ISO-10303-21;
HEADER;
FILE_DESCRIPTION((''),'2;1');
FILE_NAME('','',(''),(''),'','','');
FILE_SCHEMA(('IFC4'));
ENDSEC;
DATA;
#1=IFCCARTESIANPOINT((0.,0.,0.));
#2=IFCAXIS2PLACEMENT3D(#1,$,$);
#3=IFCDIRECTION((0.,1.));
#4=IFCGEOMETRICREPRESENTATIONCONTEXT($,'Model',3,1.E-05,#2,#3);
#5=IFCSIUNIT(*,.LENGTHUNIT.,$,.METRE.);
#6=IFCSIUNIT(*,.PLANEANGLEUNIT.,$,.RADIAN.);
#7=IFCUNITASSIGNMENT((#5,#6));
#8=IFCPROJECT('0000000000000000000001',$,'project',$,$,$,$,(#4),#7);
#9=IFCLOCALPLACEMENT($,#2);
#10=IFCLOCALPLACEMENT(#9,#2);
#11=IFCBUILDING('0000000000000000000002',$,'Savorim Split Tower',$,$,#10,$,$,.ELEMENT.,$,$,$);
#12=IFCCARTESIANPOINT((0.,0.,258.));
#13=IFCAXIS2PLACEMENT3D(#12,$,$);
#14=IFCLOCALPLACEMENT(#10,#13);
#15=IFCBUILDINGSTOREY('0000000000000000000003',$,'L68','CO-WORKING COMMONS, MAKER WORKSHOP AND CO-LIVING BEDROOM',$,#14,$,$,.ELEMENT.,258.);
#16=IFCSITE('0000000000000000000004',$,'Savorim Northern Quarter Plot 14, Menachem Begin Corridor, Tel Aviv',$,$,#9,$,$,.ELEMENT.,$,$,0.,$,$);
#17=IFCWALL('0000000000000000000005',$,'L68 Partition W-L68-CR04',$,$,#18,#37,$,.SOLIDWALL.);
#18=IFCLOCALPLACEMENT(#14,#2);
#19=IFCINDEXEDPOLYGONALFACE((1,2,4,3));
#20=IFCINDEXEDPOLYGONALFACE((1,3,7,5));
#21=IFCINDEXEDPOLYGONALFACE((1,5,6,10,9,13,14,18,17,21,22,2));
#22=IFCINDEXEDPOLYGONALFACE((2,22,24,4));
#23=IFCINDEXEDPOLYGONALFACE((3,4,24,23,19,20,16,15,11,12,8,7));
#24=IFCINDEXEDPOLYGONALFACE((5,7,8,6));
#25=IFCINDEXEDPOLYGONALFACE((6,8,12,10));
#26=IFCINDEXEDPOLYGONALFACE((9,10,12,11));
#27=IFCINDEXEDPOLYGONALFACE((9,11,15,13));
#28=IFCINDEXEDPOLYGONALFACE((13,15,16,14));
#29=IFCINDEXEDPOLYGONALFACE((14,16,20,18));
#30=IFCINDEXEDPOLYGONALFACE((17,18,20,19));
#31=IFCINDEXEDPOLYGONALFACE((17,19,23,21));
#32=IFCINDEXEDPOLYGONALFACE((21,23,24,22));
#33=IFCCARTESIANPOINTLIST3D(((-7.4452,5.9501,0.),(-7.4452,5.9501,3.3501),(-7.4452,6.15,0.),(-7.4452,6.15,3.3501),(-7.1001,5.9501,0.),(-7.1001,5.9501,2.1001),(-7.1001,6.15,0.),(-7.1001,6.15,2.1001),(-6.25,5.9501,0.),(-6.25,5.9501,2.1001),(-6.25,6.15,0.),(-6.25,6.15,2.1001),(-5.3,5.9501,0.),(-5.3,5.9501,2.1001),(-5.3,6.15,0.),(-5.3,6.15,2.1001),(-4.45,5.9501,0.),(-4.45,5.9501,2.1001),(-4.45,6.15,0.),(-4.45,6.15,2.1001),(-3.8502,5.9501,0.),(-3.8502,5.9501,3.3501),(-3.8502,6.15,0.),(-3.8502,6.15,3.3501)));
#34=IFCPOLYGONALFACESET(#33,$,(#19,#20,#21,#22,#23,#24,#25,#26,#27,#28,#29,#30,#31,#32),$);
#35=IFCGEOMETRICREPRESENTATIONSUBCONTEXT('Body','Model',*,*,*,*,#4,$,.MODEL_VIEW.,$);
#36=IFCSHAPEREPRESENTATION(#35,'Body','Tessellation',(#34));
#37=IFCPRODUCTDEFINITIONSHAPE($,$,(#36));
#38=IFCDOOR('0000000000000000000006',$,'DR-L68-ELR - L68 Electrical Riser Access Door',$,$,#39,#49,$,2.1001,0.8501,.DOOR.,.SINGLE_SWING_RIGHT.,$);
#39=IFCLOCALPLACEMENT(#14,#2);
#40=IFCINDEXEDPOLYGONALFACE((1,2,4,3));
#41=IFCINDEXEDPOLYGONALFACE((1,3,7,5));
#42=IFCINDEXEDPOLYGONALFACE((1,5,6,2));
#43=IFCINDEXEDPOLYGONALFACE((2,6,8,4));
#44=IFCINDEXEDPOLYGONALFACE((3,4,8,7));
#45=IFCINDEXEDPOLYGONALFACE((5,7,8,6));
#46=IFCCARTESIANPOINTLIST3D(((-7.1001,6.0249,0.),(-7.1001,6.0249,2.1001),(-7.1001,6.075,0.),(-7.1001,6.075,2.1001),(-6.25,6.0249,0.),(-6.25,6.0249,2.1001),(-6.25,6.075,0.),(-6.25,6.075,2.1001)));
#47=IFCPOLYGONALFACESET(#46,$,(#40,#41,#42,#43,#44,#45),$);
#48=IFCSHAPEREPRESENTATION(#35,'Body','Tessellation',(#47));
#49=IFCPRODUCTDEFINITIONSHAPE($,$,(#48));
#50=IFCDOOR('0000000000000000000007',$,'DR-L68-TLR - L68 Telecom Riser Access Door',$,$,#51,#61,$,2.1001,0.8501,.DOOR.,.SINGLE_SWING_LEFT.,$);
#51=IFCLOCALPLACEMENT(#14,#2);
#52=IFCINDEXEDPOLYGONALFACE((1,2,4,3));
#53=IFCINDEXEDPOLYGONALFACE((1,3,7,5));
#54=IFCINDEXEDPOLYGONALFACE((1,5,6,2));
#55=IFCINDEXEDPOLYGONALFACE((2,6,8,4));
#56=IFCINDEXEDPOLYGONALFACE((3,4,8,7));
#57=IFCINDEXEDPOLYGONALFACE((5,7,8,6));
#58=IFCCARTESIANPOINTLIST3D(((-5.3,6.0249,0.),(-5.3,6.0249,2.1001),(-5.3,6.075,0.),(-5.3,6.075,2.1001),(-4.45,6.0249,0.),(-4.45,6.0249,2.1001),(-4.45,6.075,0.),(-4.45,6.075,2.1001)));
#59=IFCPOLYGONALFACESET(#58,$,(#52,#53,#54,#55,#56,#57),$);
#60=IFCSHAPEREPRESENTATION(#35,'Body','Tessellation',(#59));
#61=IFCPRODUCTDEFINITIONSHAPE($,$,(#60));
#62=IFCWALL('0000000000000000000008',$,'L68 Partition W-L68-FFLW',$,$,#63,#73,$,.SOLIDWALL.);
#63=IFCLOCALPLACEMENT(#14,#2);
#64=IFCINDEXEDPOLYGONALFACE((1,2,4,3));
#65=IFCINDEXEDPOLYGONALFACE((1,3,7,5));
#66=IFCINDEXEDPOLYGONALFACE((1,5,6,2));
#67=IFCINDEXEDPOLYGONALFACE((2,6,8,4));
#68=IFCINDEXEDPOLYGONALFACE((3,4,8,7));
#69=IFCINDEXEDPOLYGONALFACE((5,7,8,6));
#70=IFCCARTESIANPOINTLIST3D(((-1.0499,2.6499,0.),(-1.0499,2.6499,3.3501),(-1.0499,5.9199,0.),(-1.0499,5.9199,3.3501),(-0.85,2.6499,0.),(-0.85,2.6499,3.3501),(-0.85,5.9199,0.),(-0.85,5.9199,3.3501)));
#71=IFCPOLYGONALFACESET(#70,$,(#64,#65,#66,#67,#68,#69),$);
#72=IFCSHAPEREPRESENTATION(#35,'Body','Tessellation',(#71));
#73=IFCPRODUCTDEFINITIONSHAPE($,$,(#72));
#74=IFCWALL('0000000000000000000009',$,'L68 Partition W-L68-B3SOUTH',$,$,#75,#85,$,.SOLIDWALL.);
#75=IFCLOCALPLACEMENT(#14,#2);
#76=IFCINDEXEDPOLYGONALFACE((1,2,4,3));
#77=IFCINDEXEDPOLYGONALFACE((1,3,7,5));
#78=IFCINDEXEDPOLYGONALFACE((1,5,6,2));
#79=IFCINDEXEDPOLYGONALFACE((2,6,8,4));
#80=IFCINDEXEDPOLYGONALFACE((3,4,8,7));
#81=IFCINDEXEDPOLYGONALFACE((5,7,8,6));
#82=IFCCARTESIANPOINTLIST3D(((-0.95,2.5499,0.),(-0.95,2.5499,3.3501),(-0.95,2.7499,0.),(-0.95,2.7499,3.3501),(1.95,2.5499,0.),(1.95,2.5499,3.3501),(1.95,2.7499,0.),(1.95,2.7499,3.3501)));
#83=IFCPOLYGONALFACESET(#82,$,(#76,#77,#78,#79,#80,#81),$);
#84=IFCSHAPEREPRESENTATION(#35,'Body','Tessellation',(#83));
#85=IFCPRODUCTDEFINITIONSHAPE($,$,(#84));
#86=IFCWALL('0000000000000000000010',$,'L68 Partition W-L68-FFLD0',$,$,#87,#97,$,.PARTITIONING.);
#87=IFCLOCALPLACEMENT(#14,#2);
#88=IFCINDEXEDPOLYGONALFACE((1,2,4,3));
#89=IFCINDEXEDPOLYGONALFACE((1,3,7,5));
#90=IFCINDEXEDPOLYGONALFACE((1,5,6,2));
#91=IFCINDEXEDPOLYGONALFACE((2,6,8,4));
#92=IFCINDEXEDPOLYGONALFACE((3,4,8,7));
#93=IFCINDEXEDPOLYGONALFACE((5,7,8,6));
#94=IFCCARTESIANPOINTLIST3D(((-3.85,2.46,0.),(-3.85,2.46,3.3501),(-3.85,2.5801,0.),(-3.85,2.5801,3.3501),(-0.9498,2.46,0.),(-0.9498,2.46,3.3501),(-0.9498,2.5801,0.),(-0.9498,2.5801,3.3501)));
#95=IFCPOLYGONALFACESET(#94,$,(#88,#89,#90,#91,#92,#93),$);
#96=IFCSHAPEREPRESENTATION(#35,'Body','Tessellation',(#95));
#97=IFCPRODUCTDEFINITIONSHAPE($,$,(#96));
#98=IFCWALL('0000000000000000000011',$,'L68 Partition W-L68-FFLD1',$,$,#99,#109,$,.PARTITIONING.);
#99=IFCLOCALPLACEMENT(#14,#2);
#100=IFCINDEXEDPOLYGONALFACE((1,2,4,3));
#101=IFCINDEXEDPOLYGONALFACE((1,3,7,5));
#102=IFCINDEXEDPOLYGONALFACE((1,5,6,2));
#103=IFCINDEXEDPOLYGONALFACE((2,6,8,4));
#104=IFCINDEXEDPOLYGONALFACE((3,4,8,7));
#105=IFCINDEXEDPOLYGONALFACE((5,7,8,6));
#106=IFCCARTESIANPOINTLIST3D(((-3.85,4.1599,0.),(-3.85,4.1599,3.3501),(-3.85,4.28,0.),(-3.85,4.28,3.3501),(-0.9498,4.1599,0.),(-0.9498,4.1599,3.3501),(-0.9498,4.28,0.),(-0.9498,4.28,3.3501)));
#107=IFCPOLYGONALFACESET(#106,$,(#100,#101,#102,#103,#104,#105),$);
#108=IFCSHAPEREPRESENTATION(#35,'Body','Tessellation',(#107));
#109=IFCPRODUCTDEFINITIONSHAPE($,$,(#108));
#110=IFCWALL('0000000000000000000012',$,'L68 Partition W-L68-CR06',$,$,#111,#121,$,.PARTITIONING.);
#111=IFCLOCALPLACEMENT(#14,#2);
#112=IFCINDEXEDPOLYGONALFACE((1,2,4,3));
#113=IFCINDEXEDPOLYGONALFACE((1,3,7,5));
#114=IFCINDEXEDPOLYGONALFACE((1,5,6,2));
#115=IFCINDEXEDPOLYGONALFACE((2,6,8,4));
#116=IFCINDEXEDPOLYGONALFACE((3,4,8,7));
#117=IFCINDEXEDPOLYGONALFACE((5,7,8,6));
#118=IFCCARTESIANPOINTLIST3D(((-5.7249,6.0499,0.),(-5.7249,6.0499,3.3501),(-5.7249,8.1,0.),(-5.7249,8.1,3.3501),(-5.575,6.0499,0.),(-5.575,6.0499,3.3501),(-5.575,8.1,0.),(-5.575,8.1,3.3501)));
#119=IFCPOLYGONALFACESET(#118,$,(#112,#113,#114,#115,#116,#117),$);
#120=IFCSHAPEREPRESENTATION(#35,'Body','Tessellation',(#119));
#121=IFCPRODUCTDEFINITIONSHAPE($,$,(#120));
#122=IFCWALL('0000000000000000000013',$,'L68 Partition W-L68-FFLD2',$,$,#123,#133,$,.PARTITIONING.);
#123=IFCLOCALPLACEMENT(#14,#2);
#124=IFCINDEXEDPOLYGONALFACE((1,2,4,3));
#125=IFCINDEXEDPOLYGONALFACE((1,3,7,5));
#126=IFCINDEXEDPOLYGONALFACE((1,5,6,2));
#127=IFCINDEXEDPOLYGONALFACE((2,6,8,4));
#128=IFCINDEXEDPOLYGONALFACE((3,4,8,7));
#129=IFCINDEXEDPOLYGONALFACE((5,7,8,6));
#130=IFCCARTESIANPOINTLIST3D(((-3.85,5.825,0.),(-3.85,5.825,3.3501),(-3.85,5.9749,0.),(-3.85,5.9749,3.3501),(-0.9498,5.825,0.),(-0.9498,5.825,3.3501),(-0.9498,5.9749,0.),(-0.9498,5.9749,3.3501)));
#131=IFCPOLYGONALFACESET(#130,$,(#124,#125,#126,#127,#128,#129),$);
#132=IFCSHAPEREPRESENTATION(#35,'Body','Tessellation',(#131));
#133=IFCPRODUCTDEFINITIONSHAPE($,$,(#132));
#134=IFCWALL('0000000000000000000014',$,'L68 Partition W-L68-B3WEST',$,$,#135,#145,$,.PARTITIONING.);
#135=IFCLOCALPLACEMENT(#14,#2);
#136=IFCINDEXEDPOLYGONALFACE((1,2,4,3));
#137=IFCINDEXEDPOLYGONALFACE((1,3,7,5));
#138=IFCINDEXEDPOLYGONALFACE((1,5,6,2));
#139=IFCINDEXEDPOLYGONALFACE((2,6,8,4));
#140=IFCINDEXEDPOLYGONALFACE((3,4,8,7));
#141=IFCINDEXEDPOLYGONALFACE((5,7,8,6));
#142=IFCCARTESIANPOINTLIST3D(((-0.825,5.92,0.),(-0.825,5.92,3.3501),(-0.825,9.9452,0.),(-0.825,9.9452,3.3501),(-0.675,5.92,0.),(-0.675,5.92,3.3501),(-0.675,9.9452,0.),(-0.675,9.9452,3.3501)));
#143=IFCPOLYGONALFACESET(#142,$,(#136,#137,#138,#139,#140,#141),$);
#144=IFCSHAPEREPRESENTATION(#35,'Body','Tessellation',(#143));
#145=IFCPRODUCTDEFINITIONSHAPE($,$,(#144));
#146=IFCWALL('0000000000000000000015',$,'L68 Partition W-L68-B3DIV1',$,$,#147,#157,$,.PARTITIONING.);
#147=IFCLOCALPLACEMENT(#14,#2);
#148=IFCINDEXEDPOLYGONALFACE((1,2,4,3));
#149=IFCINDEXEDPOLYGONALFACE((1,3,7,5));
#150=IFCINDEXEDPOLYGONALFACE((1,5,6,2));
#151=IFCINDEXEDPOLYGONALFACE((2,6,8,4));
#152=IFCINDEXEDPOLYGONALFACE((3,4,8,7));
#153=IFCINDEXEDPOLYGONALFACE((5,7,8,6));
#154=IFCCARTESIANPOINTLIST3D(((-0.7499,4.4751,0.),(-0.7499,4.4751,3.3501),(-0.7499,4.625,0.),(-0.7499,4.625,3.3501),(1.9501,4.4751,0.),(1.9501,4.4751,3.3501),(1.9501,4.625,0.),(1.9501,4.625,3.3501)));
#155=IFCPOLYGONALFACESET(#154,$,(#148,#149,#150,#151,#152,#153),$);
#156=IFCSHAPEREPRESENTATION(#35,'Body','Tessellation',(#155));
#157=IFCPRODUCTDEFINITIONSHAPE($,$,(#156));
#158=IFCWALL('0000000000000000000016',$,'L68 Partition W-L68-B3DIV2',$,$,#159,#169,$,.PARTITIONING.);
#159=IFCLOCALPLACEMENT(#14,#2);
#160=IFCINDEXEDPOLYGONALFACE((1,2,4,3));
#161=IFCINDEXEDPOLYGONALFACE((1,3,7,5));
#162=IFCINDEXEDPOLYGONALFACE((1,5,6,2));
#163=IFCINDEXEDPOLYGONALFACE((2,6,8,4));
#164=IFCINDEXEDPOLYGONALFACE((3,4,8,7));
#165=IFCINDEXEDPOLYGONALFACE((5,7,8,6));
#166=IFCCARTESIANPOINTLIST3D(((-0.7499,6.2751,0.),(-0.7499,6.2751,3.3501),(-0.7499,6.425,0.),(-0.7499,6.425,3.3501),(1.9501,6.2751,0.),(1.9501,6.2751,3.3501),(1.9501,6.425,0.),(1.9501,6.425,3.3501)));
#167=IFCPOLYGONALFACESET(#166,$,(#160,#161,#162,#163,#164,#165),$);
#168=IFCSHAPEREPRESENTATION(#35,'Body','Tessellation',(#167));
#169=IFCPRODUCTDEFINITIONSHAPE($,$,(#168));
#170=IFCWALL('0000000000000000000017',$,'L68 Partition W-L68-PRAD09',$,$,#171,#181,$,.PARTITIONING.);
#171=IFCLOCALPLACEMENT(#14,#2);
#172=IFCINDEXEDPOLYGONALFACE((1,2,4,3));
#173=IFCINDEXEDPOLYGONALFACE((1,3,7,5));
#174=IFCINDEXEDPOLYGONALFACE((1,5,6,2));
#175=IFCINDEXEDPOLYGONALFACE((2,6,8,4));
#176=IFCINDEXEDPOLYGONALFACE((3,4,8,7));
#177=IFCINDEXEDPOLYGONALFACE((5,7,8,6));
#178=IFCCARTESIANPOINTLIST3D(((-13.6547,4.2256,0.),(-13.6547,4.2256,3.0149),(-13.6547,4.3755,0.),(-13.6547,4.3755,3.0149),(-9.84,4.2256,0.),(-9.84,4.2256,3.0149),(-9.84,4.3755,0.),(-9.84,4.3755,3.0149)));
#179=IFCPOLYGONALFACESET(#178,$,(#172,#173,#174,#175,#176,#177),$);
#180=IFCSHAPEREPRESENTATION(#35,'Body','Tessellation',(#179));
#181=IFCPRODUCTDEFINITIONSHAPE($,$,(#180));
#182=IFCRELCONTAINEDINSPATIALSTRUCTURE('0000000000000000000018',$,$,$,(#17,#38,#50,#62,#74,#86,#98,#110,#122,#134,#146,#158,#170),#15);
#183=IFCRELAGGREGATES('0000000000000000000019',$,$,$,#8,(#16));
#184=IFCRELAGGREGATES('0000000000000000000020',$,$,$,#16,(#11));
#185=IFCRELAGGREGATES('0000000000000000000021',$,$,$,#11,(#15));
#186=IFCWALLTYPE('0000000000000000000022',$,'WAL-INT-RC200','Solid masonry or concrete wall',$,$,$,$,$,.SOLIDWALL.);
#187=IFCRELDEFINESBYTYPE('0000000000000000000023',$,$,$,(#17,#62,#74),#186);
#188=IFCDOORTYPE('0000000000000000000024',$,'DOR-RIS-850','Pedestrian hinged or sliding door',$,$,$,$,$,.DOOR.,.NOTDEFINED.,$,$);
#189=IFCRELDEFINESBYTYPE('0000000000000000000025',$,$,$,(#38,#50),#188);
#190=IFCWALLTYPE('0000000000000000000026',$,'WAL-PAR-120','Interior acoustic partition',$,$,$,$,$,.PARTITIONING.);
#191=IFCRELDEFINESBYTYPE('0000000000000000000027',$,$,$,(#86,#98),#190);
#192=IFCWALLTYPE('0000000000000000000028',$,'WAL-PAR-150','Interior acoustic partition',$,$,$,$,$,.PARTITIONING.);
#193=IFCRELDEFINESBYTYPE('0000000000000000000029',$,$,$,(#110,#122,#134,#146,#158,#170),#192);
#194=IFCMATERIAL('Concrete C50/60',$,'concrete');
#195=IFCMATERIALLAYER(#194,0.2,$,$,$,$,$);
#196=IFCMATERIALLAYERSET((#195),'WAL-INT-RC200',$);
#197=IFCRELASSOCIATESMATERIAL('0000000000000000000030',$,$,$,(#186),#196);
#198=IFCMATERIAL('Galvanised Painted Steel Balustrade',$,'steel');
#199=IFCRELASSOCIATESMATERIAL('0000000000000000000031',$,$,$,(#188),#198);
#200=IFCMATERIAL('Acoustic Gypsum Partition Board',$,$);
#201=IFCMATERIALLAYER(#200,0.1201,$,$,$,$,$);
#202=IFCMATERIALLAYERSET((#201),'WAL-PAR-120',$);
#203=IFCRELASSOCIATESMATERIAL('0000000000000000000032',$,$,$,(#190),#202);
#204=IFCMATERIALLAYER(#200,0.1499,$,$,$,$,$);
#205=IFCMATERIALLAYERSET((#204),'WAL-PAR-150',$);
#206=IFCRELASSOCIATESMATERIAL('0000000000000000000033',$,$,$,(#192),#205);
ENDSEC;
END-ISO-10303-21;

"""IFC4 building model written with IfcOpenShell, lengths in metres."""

from ifc_helpers import new_model, si_unit, direction, frame, frame_2d, origin, place, context, subcontext, project, spatial, rectangle, extrude, material, layer, layer_set, type_object, element, fill, save


model = new_model("IFC4")

# Units and contexts
model_context = context("Model", 3, precision=1e-05, world=origin(), true_north=direction((0.0, 1.0)))
body_context = subcontext(model_context, "Body", "Model", "MODEL_VIEW")
ifc_project = project(units=[si_unit("LENGTHUNIT", "METRE"), si_unit("PLANEANGLEUNIT", "RADIAN")], contexts=[model_context])

# Site, building, storey
site_placement = place(None, origin())
site = spatial("IfcSite", under=ifc_project, at=site_placement, Name="Savorim Northern Quarter Plot 14, Menachem Begin Corridor, Tel Aviv", CompositionType="ELEMENT", RefElevation=0.0)
building_placement = place(site_placement, origin())
building = spatial("IfcBuilding", under=site, at=building_placement, Name="Savorim Split Tower", CompositionType="ELEMENT")
storey_placement = place(building_placement, frame((0.0, 0.0, 258.0)))
storey = spatial("IfcBuildingStorey", under=building, at=storey_placement, Name="L68", Description="CO-WORKING COMMONS, MAKER WORKSHOP AND CO-LIVING BEDROOM", CompositionType="ELEMENT", Elevation=258.0)

# Wall, openings, doors
ifc_material_1 = material(Name="Concrete C50/60", Category="concrete")
ifc_layer_1 = layer(ifc_material_1, 0.2)
ifc_layer_set_1 = layer_set([ifc_layer_1], Name="WAL-INT-RC200")
wall_type_1 = type_object("IfcWallType", Name="WAL-INT-RC200", Description="Solid masonry or concrete wall", PredefinedType="SOLIDWALL", material=ifc_layer_set_1)
wall_1_placement = place(storey_placement, frame((-7.4451, 6.05, 0.0), z_axis=(0.0, 0.0, 1.0), x_axis=(1.0, 0.0, 0.0)))
wall_1 = element("IfcWall", 1, at=wall_1_placement, inside=storey, type_object=wall_type_1, Name="L68 Partition W-L68-CR04", PredefinedType="SOLIDWALL", context=body_context, shape_type="SweptSolid", body=[
    extrude(rectangle(XDim=3.595, YDim=0.2, at=frame_2d((1.7974, 0.0))), origin(), (0.0, 0.0, 1.0), 3.3501),
])
opening_1_placement = place(wall_1_placement, frame((0.345, 0.0, 0.0)))
opening_1 = element("IfcOpeningElement", 2, at=opening_1_placement, cuts=wall_1, PredefinedType="OPENING", context=body_context, shape_type="SweptSolid", body=[
    extrude(rectangle(XDim=0.8501, YDim=2.1001, at=frame_2d((0.425, 1.05))), frame((0.0, 0.1099, 0.0), z_axis=(0.0, -1.0, 0.0), x_axis=(1.0, 0.0, 0.0)), (0.0, 0.0, 1.0), 0.22),
])
opening_2_placement = place(wall_1_placement, frame((2.145, 0.0, 0.0)))
opening_2 = element("IfcOpeningElement", 3, at=opening_2_placement, cuts=wall_1, PredefinedType="OPENING", context=body_context, shape_type="SweptSolid", body=[
    extrude(rectangle(XDim=0.8501, YDim=2.1001, at=frame_2d((0.425, 1.05))), frame((0.0, 0.1099, 0.0), z_axis=(0.0, -1.0, 0.0), x_axis=(1.0, 0.0, 0.0)), (0.0, 0.0, 1.0), 0.22),
])
ifc_material_2 = material(Name="Galvanised Painted Steel Balustrade", Category="steel")
door_type = type_object("IfcDoorType", Name="DOR-RIS-850", Description="Pedestrian hinged or sliding door", OperationType="NOTDEFINED", PredefinedType="DOOR", material=ifc_material_2)
door_1_placement = place(opening_1_placement, origin())
door_1 = element("IfcDoor", 4, at=door_1_placement, inside=storey, type_object=door_type, Name="DR-L68-ELR - L68 Electrical Riser Access Door", OperationType="SINGLE_SWING_RIGHT", OverallHeight=2.1001, OverallWidth=0.8501, PredefinedType="DOOR", context=body_context, shape_type="SweptSolid", body=[
    extrude(rectangle(XDim=0.8501, YDim=2.1001, at=frame_2d((0.425, 1.05))), frame((0.0, 0.0249, 0.0), z_axis=(0.0, -1.0, 0.0), x_axis=(1.0, 0.0, 0.0)), (0.0, 0.0, 1.0), 0.05),
])
fill(opening_1, door_1)
door_2_placement = place(opening_2_placement, origin())
door_2 = element("IfcDoor", 5, at=door_2_placement, inside=storey, type_object=door_type, Name="DR-L68-TLR - L68 Telecom Riser Access Door", OperationType="SINGLE_SWING_LEFT", OverallHeight=2.1001, OverallWidth=0.8501, PredefinedType="DOOR", context=body_context, shape_type="SweptSolid", body=[
    extrude(rectangle(XDim=0.8501, YDim=2.1001, at=frame_2d((0.425, 1.05))), frame((0.0, 0.0249, 0.0), z_axis=(0.0, -1.0, 0.0), x_axis=(1.0, 0.0, 0.0)), (0.0, 0.0, 1.0), 0.05),
])
fill(opening_2, door_2)

# Walls
wall_2_placement = place(storey_placement, frame((-0.95, 2.6499, 0.0), z_axis=(0.0, 0.0, 1.0), x_axis=(0.0, 1.0, 0.0)))
element("IfcWall", 6, at=wall_2_placement, inside=storey, type_object=wall_type_1, Name="L68 Partition W-L68-FFLW", PredefinedType="SOLIDWALL", context=body_context, shape_type="SweptSolid", body=[
    extrude(rectangle(XDim=3.27, YDim=0.2, at=frame_2d((1.635, 0.0))), origin(), (0.0, 0.0, 1.0), 3.3501),
])
wall_3_placement = place(storey_placement, frame((-0.95, 2.6499, 0.0), z_axis=(0.0, 0.0, 1.0), x_axis=(1.0, 0.0, 0.0)))
element("IfcWall", 7, at=wall_3_placement, inside=storey, type_object=wall_type_1, Name="L68 Partition W-L68-B3SOUTH", PredefinedType="SOLIDWALL", context=body_context, shape_type="SweptSolid", body=[
    extrude(rectangle(XDim=2.8999, YDim=0.2, at=frame_2d((1.45, 0.0))), origin(), (0.0, 0.0, 1.0), 3.3501),
])
ifc_material_3 = material(Name="Acoustic Gypsum Partition Board")
ifc_layer_2 = layer(ifc_material_3, 0.1201)
ifc_layer_set_2 = layer_set([ifc_layer_2], Name="WAL-PAR-120")
wall_type_2 = type_object("IfcWallType", Name="WAL-PAR-120", Description="Interior acoustic partition", PredefinedType="PARTITIONING", material=ifc_layer_set_2)
for number, where, z_axis, x_axis, name in (
    (8, (-3.8501, 2.52, 0.0), (0.0, 0.0, 1.0), (1.0, 0.0, 0.0), "L68 Partition W-L68-FFLD0"),
    (9, (-3.8501, 4.22, 0.0), (0.0, 0.0, 1.0), (1.0, 0.0, 0.0), "L68 Partition W-L68-FFLD1"),
):
    element("IfcWall", number, at=place(storey_placement, frame(where, z_axis=z_axis, x_axis=x_axis)), inside=storey, type_object=wall_type_2, Name=name, PredefinedType="PARTITIONING", context=body_context, shape_type="SweptSolid", body=[
        extrude(rectangle(XDim=2.9001, YDim=0.1201, at=frame_2d((1.4502, 0.0))), origin(), (0.0, 0.0, 1.0), 3.3501),
    ])
ifc_layer_3 = layer(ifc_material_3, 0.1499)
ifc_layer_set_3 = layer_set([ifc_layer_3], Name="WAL-PAR-150")
wall_type_3 = type_object("IfcWallType", Name="WAL-PAR-150", Description="Interior acoustic partition", PredefinedType="PARTITIONING", material=ifc_layer_set_3)
wall_4_placement = place(storey_placement, frame((-5.6499, 6.05, 0.0), z_axis=(0.0, 0.0, 1.0), x_axis=(0.0, 1.0, 0.0)))
element("IfcWall", 10, at=wall_4_placement, inside=storey, type_object=wall_type_3, Name="L68 Partition W-L68-CR06", PredefinedType="PARTITIONING", context=body_context, shape_type="SweptSolid", body=[
    extrude(rectangle(XDim=2.05, YDim=0.1499, at=frame_2d((1.0249, 0.0))), origin(), (0.0, 0.0, 1.0), 3.3501),
])
wall_5_placement = place(storey_placement, frame((-3.8501, 5.8999, 0.0), z_axis=(0.0, 0.0, 1.0), x_axis=(1.0, 0.0, 0.0)))
element("IfcWall", 11, at=wall_5_placement, inside=storey, type_object=wall_type_3, Name="L68 Partition W-L68-FFLD2", PredefinedType="PARTITIONING", context=body_context, shape_type="SweptSolid", body=[
    extrude(rectangle(XDim=2.9001, YDim=0.1499, at=frame_2d((1.4502, 0.0))), origin(), (0.0, 0.0, 1.0), 3.3501),
])
wall_6_placement = place(storey_placement, frame((-0.75, 5.9199, 0.0), z_axis=(0.0, 0.0, 1.0), x_axis=(0.0, 1.0, 0.0)))
element("IfcWall", 12, at=wall_6_placement, inside=storey, type_object=wall_type_3, Name="L68 Partition W-L68-B3WEST", PredefinedType="PARTITIONING", context=body_context, shape_type="SweptSolid", body=[
    extrude(rectangle(XDim=4.0251, YDim=0.1499, at=frame_2d((2.0127, 0.0))), origin(), (0.0, 0.0, 1.0), 3.3501),
])
for number, where, z_axis, x_axis, name in (
    (13, (-0.75, 4.55, 0.0), (0.0, 0.0, 1.0), (1.0, 0.0, 0.0), "L68 Partition W-L68-B3DIV1"),
    (14, (-0.75, 6.3501, 0.0), (0.0, 0.0, 1.0), (1.0, 0.0, 0.0), "L68 Partition W-L68-B3DIV2"),
):
    element("IfcWall", number, at=place(storey_placement, frame(where, z_axis=z_axis, x_axis=x_axis)), inside=storey, type_object=wall_type_3, Name=name, PredefinedType="PARTITIONING", context=body_context, shape_type="SweptSolid", body=[
        extrude(rectangle(XDim=2.7, YDim=0.1499, at=frame_2d((1.3501, 0.0))), origin(), (0.0, 0.0, 1.0), 3.3501),
    ])
wall_7_placement = place(storey_placement, frame((-9.8401, 4.3005, 0.0), z_axis=(0.0, 0.0, 1.0), x_axis=(-1.0, 0.0, 0.0)))
element("IfcWall", 15, at=wall_7_placement, inside=storey, type_object=wall_type_3, Name="L68 Partition W-L68-PRAD09", PredefinedType="PARTITIONING", context=body_context, shape_type="SweptSolid", body=[
    extrude(rectangle(XDim=3.8147, YDim=0.1499, at=frame_2d((1.9072, 0.0))), origin(), (0.0, 0.0, 1.0), 3.0149),
])

save(model, "model.ifc")
